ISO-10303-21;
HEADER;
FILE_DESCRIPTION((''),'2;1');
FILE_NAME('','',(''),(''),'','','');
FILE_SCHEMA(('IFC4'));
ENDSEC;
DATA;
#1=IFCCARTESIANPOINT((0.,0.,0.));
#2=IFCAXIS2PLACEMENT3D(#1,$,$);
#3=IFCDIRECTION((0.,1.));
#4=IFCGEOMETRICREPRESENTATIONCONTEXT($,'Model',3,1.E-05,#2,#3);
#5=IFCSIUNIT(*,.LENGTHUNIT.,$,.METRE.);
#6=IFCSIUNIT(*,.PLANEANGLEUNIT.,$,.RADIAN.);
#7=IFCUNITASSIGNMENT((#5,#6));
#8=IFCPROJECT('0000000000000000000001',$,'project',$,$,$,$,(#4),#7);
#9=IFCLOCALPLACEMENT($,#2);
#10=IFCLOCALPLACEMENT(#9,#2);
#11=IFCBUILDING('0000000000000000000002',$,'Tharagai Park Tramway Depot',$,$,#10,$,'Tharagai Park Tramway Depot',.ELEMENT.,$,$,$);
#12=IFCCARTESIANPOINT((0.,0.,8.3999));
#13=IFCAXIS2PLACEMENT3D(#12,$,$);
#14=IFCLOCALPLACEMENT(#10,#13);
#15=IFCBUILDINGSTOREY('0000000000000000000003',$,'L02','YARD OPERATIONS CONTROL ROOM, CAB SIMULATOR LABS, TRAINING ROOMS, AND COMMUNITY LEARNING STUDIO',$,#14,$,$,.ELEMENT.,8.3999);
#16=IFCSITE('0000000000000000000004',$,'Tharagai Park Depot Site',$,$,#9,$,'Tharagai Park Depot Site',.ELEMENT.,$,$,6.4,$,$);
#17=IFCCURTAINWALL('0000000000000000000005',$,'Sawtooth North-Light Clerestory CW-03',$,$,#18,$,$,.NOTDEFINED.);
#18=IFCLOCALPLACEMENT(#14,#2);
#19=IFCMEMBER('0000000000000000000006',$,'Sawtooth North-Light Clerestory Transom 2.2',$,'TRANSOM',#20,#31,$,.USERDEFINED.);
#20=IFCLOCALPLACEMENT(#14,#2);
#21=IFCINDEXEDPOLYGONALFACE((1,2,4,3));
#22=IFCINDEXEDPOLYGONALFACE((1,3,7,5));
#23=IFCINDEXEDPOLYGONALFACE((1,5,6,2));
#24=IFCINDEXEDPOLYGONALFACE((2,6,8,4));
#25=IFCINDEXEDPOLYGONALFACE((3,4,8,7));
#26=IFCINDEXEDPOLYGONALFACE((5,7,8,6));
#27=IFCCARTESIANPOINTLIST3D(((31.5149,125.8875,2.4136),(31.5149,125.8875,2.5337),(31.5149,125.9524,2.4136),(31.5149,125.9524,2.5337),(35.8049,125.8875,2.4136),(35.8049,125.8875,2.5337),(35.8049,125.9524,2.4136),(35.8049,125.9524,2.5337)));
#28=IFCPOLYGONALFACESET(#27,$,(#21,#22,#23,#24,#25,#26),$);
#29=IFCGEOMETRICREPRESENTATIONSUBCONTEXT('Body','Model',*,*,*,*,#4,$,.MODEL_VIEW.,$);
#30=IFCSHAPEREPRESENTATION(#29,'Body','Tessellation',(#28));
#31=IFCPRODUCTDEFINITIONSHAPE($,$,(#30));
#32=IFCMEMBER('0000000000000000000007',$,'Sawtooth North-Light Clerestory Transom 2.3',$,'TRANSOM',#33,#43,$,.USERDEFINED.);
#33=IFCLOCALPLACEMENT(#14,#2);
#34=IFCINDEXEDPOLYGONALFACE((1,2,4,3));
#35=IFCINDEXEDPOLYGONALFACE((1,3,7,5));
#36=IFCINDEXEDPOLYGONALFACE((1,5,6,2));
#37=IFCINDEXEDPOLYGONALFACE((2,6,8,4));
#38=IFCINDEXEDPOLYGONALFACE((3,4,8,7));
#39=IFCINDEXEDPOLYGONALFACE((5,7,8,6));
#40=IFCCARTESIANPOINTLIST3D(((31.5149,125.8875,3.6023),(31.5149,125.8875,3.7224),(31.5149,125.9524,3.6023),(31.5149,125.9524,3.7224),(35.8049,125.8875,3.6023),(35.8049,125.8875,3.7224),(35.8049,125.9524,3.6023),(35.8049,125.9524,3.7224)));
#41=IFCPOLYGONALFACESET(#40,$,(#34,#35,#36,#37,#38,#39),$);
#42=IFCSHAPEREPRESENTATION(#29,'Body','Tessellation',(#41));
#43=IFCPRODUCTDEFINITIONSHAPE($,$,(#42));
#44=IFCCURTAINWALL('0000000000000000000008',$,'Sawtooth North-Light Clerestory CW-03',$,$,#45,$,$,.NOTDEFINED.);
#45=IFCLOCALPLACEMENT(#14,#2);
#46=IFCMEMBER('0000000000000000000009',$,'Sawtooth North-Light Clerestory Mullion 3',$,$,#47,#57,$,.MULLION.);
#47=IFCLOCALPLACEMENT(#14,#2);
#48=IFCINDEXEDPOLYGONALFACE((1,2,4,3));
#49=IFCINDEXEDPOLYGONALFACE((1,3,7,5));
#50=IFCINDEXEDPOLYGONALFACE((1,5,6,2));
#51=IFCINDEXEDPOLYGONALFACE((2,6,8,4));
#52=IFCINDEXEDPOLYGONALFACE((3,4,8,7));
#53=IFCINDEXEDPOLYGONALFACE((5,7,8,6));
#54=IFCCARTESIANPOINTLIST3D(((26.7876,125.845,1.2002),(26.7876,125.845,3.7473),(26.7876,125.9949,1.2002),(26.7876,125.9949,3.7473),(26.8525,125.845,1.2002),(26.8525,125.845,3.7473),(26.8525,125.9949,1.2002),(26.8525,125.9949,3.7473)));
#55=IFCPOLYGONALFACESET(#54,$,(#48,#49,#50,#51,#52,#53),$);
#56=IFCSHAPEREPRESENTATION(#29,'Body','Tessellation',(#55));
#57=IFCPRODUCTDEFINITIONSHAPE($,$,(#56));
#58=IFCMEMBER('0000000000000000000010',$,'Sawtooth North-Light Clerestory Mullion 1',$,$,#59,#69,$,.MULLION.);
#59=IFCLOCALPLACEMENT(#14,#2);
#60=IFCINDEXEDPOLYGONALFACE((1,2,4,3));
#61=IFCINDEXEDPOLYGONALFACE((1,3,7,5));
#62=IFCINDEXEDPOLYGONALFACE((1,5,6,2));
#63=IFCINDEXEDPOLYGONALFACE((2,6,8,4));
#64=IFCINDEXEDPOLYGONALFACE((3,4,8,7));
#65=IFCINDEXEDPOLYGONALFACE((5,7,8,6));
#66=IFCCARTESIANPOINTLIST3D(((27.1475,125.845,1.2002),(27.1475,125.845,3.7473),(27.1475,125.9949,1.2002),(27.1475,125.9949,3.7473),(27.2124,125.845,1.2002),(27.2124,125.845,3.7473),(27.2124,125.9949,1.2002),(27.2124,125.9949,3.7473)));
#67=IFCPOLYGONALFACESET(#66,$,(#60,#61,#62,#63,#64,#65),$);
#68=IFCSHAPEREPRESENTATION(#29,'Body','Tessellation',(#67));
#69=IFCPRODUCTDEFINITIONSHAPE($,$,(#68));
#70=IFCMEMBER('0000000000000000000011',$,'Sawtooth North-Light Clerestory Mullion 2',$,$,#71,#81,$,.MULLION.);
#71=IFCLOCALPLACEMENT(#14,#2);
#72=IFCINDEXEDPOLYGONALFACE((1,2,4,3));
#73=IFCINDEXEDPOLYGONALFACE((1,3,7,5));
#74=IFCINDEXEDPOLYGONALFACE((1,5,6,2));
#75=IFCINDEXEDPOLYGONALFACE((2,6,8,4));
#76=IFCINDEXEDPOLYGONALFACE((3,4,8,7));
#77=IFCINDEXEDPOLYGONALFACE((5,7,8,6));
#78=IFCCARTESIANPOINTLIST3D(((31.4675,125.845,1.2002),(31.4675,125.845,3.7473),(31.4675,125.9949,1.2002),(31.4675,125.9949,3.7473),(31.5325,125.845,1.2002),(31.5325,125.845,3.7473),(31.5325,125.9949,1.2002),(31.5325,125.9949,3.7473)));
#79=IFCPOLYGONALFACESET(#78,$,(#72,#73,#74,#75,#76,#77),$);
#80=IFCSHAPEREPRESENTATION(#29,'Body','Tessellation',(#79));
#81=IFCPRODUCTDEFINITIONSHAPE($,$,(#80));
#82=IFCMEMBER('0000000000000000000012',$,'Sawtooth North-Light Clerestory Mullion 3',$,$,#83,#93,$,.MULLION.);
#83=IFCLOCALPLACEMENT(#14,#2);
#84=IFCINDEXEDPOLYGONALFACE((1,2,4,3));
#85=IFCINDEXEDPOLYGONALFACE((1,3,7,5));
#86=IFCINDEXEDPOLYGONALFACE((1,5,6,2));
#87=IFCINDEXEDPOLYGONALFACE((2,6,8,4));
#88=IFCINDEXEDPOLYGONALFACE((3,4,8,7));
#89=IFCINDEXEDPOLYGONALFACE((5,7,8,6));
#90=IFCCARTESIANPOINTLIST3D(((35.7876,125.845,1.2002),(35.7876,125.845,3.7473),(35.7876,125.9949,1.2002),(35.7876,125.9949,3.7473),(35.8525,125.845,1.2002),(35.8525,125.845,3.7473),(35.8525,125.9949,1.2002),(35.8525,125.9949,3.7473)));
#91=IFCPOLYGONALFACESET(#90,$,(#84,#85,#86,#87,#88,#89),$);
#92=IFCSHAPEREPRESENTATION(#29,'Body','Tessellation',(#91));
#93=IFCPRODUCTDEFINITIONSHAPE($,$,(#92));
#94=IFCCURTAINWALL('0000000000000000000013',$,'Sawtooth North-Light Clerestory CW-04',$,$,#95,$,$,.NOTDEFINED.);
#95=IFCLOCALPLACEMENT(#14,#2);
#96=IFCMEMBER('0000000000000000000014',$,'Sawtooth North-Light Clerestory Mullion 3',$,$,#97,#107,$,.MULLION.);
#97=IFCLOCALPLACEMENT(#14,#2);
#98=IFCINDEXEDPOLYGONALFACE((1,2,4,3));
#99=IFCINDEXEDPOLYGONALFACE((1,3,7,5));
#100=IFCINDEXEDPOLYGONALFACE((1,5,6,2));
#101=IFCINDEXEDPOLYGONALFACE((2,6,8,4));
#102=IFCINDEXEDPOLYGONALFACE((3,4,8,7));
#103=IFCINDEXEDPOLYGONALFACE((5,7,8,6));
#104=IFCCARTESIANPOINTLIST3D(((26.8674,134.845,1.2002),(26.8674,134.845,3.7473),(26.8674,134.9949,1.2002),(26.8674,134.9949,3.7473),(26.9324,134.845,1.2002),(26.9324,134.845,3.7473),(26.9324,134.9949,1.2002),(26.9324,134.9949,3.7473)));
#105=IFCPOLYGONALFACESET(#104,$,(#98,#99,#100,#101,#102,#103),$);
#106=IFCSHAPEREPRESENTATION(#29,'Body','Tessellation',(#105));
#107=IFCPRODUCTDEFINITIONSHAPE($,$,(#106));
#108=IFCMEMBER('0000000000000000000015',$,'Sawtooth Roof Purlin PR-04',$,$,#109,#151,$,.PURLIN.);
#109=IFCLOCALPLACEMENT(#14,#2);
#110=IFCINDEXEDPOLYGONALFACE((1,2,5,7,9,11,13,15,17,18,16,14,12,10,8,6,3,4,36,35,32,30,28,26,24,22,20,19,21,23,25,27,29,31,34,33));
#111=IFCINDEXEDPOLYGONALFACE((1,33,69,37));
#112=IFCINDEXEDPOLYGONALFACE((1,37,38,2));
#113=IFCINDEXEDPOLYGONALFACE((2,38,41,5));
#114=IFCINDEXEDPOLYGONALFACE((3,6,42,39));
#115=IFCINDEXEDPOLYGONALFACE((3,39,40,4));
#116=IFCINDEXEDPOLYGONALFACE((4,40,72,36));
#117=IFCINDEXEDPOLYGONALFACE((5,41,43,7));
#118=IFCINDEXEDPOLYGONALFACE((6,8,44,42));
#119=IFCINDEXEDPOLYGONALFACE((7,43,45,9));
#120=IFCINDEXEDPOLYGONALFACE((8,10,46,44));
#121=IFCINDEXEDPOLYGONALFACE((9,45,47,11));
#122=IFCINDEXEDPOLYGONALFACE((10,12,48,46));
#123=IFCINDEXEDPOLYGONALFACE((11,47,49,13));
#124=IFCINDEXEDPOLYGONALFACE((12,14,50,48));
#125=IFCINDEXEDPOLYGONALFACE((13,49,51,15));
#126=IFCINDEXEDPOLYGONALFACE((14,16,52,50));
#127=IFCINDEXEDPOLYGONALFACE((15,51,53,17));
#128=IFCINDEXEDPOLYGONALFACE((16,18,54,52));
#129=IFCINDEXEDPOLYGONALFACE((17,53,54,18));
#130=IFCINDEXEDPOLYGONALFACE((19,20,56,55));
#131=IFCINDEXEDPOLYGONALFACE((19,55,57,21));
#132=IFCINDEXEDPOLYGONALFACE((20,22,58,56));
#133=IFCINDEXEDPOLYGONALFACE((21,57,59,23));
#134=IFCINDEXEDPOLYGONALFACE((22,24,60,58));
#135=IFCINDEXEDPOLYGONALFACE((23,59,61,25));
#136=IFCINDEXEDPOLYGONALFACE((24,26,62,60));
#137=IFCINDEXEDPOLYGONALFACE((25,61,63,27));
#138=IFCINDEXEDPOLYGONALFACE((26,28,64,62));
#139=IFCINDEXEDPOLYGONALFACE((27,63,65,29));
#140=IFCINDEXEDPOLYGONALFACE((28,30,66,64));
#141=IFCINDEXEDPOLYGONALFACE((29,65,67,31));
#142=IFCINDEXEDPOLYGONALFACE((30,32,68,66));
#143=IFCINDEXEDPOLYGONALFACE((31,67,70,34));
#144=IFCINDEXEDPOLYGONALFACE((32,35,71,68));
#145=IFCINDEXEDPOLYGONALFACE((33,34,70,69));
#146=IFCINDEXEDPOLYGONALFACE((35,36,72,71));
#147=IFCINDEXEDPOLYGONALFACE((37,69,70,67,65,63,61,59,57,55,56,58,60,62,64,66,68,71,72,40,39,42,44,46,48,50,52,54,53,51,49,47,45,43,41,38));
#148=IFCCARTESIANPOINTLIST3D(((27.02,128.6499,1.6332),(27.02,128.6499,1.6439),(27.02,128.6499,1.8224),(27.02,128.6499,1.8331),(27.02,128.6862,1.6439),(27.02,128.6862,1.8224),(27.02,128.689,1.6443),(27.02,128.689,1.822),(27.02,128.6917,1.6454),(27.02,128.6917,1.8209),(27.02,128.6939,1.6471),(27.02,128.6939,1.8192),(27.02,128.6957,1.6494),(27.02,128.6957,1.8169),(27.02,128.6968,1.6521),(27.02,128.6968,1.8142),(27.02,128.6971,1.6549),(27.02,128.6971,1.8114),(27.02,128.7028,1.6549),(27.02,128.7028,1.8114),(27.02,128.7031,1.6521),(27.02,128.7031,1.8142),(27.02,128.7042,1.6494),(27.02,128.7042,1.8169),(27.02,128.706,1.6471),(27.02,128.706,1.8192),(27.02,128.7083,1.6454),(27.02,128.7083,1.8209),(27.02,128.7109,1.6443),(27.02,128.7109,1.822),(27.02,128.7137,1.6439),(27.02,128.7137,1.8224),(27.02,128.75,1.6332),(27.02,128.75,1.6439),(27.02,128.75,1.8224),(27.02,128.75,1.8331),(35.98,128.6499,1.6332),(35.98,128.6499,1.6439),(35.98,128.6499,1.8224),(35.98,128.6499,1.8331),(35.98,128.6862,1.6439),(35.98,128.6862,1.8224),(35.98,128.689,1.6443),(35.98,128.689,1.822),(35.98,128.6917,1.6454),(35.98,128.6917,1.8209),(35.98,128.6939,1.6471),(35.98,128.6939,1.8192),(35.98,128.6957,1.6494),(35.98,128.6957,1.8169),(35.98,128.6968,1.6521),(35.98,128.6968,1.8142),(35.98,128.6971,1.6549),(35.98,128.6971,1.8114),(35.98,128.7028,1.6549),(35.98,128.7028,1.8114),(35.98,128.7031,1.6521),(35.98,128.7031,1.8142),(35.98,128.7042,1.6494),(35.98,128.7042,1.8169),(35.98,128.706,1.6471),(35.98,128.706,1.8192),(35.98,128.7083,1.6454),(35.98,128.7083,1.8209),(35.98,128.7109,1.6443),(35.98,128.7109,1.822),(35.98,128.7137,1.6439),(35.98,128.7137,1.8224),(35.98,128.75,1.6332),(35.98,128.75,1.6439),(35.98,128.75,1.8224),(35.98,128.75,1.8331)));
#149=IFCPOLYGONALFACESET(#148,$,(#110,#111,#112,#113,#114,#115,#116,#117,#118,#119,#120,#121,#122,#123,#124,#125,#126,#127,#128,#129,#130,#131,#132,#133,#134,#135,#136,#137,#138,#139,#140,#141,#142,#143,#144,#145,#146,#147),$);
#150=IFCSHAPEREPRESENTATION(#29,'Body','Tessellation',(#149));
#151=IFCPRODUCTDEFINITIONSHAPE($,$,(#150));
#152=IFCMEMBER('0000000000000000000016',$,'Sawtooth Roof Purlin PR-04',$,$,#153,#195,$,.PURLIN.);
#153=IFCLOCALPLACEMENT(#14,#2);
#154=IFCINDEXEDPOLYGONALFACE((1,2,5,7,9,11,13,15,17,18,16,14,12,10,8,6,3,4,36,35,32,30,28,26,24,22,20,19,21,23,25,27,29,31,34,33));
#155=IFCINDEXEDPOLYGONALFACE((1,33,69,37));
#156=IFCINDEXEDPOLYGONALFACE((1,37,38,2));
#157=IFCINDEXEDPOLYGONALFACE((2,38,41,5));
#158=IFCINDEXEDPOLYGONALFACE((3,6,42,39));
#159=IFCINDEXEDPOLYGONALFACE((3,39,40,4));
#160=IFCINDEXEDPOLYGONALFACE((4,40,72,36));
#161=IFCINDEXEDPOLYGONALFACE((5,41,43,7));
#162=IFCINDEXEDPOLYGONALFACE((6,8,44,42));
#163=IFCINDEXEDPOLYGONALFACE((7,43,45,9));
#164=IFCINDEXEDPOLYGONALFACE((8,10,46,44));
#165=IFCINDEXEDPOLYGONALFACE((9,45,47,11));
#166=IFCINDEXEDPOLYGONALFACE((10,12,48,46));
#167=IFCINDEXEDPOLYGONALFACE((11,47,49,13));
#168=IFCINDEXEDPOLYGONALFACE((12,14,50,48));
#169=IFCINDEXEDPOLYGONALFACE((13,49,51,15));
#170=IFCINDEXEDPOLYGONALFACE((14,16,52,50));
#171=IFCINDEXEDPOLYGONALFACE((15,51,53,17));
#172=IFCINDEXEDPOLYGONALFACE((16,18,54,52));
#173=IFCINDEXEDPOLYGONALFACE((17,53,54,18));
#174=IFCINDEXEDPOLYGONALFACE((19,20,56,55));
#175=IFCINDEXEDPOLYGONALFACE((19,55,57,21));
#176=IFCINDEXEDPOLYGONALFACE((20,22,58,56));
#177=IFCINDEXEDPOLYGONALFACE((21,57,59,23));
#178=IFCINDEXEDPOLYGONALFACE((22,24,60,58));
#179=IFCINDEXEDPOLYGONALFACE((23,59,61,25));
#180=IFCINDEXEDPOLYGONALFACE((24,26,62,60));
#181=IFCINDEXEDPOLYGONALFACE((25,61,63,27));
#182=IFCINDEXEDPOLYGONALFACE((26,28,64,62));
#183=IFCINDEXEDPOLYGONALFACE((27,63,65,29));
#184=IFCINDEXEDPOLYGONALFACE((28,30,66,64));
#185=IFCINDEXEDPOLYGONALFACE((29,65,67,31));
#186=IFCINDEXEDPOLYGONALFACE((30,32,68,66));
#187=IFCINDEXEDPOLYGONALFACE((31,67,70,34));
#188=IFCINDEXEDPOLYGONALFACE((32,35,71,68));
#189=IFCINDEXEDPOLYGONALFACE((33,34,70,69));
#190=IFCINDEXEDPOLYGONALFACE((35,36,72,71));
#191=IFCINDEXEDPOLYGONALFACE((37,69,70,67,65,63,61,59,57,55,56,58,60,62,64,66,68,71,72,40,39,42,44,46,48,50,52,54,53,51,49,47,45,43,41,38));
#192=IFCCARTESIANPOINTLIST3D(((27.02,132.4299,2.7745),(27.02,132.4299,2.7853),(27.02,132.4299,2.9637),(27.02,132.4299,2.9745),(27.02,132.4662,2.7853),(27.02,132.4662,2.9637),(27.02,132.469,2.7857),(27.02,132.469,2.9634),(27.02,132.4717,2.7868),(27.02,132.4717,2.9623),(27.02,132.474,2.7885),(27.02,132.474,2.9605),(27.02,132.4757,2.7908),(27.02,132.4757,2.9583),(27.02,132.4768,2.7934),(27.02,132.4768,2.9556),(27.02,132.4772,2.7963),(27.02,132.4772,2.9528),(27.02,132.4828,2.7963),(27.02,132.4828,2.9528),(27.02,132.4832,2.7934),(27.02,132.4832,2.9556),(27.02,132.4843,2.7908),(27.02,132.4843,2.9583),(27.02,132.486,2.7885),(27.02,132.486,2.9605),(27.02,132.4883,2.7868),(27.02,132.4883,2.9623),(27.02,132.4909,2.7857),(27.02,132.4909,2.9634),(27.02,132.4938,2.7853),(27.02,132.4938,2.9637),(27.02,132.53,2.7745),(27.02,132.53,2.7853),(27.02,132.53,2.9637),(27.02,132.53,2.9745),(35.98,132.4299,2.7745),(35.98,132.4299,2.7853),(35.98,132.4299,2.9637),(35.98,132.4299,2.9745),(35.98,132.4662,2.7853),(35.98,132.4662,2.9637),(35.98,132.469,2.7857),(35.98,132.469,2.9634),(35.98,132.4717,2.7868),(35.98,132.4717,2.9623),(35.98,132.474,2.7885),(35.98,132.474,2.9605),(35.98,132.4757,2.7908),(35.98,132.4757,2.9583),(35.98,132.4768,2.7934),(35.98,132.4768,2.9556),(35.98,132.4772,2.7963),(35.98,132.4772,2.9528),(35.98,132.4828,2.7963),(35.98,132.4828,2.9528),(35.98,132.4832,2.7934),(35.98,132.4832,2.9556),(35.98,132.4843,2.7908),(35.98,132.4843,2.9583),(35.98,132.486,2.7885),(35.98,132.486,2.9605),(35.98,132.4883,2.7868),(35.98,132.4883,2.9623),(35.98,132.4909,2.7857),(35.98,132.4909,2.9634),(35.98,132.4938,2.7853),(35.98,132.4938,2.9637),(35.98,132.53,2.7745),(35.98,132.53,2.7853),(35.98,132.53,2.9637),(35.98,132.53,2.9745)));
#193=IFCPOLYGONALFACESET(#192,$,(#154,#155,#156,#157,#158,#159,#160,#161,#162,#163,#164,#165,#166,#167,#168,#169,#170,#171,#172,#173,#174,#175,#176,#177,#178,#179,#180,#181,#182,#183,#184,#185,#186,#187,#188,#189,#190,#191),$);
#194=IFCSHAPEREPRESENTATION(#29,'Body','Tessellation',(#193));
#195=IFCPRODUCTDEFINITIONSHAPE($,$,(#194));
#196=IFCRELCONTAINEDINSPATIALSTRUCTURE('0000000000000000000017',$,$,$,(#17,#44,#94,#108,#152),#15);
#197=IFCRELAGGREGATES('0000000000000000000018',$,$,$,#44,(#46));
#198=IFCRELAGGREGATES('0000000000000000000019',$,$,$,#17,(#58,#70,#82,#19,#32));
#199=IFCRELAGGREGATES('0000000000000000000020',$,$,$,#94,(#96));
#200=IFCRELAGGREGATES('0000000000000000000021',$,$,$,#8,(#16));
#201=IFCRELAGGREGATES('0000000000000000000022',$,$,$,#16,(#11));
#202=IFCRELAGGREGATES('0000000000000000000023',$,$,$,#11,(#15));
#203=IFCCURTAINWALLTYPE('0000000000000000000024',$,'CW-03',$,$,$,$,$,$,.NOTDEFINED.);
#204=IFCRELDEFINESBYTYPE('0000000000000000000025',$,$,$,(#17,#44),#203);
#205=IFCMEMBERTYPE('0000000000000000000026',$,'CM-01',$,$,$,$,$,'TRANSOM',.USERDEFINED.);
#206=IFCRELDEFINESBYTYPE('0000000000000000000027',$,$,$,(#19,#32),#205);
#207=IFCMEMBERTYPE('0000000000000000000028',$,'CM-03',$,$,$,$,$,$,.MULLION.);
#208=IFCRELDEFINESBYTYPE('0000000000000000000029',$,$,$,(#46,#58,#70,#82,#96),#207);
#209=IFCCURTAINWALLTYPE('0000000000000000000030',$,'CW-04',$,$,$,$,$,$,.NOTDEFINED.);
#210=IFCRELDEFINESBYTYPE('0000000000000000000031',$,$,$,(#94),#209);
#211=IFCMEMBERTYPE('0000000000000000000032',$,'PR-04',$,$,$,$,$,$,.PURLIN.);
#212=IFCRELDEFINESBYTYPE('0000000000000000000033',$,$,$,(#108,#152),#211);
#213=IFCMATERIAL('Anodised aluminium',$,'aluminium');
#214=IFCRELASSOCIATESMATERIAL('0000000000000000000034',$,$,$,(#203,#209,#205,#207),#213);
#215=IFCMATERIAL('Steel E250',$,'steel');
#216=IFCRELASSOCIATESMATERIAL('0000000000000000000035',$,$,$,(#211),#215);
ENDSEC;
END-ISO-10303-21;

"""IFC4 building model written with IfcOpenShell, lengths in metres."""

from ifc_helpers import new_model, si_unit, direction, frame, origin, origin_2d, place, context, subcontext, project, spatial, rectangle, i_section, extrude, material, material_profile, profile_set, type_object, element, aggregate, save


model = new_model("IFC4")

# Units and contexts
model_context = context("Model", 3, precision=1e-05, world=origin(), true_north=direction((0.0, 1.0)))
body_context = subcontext(model_context, "Body", "Model", "MODEL_VIEW")
ifc_project = project(units=[si_unit("LENGTHUNIT", "METRE"), si_unit("PLANEANGLEUNIT", "RADIAN")], contexts=[model_context])

# Site, building, storey
site_placement = place(None, origin())
site = spatial("IfcSite", under=ifc_project, at=site_placement, Name="Tharagai Park Depot Site", LongName="Tharagai Park Depot Site", CompositionType="ELEMENT", RefElevation=6.4)
building_placement = place(site_placement, origin())
building = spatial("IfcBuilding", under=site, at=building_placement, Name="Tharagai Park Tramway Depot", LongName="Tharagai Park Tramway Depot", CompositionType="ELEMENT")
storey_placement = place(building_placement, frame((0.0, 0.0, 8.3999)))
storey = spatial("IfcBuildingStorey", under=building, at=storey_placement, Name="L02", Description="YARD OPERATIONS CONTROL ROOM, CAB SIMULATOR LABS, TRAINING ROOMS, AND COMMUNITY LEARNING STUDIO", CompositionType="ELEMENT", Elevation=8.3999)

# Curtain wall, members
ifc_material_1 = material(Name="Anodised aluminium", Category="aluminium")
curtain_wall_type_1 = type_object("IfcCurtainWallType", Name="CW-03", PredefinedType="NOTDEFINED", material=ifc_material_1)
curtain_wall_1_placement = place(storey_placement, origin())
curtain_wall_1 = element("IfcCurtainWall", 1, at=curtain_wall_1_placement, inside=storey, type_object=curtain_wall_type_1, Name="Sawtooth North-Light Clerestory CW-03", PredefinedType="NOTDEFINED")
ifc_material_profile_1 = material_profile(ifc_material_1, rectangle(XDim=0.0649, YDim=0.1201, at=origin_2d()), Name="ALU 65x120")
ifc_profile_set_1 = profile_set([ifc_material_profile_1], Name="Anodised aluminium")
member_type_1 = type_object("IfcMemberType", Name="CM-01", ElementType="TRANSOM", PredefinedType="USERDEFINED", material=ifc_profile_set_1)
member_1_placement = place(storey_placement, frame((31.5149, 125.9199, 2.4736), z_axis=(1.0, 0.0, 0.0), x_axis=(0.0, 1.0, 0.0)))
member_1 = element("IfcMember", 2, at=member_1_placement, type_object=member_type_1, Name="Sawtooth North-Light Clerestory Transom 2.2", ObjectType="TRANSOM", PredefinedType="USERDEFINED", context=body_context, shape_type="SweptSolid", body=[
    extrude(rectangle(XDim=0.0649, YDim=0.1201, at=origin_2d()), origin(), (0.0, 0.0, 1.0), 4.29),
])
member_2_placement = place(storey_placement, frame((31.5149, 125.9199, 3.6624), z_axis=(1.0, 0.0, 0.0), x_axis=(0.0, 1.0, 0.0)))
member_2 = element("IfcMember", 3, at=member_2_placement, type_object=member_type_1, Name="Sawtooth North-Light Clerestory Transom 2.3", ObjectType="TRANSOM", PredefinedType="USERDEFINED", context=body_context, shape_type="SweptSolid", body=[
    extrude(rectangle(XDim=0.0649, YDim=0.1201, at=origin_2d()), origin(), (0.0, 0.0, 1.0), 4.29),
])

# Curtain wall, member
curtain_wall_2_placement = place(storey_placement, origin())
curtain_wall_2 = element("IfcCurtainWall", 4, at=curtain_wall_2_placement, inside=storey, type_object=curtain_wall_type_1, Name="Sawtooth North-Light Clerestory CW-03", PredefinedType="NOTDEFINED")
ifc_material_profile_2 = material_profile(ifc_material_1, rectangle(XDim=0.0649, YDim=0.1499, at=origin_2d()), Name="ALU 65x150")
ifc_profile_set_2 = profile_set([ifc_material_profile_2], Name="Anodised aluminium")
member_type_2 = type_object("IfcMemberType", Name="CM-03", PredefinedType="MULLION", material=ifc_profile_set_2)
member_3_placement = place(storey_placement, frame((26.8201, 125.9199, 1.2002), z_axis=(0.0, 0.0, 1.0), x_axis=(1.0, 0.0, 0.0)))
member_3 = element("IfcMember", 5, at=member_3_placement, type_object=member_type_2, Name="Sawtooth North-Light Clerestory Mullion 3", PredefinedType="MULLION", context=body_context, shape_type="SweptSolid", body=[
    extrude(rectangle(XDim=0.0649, YDim=0.1499, at=origin_2d()), origin(), (0.0, 0.0, 1.0), 2.5471),
])

# Members
member_4_placement = place(storey_placement, frame((27.1799, 125.9199, 1.2002), z_axis=(0.0, 0.0, 1.0), x_axis=(1.0, 0.0, 0.0)))
member_4 = element("IfcMember", 6, at=member_4_placement, type_object=member_type_2, Name="Sawtooth North-Light Clerestory Mullion 1", PredefinedType="MULLION", context=body_context, shape_type="SweptSolid", body=[
    extrude(rectangle(XDim=0.0649, YDim=0.1499, at=origin_2d()), origin(), (0.0, 0.0, 1.0), 2.5471),
])
member_5_placement = place(storey_placement, frame((31.5, 125.9199, 1.2002), z_axis=(0.0, 0.0, 1.0), x_axis=(1.0, 0.0, 0.0)))
member_5 = element("IfcMember", 7, at=member_5_placement, type_object=member_type_2, Name="Sawtooth North-Light Clerestory Mullion 2", PredefinedType="MULLION", context=body_context, shape_type="SweptSolid", body=[
    extrude(rectangle(XDim=0.0649, YDim=0.1499, at=origin_2d()), origin(), (0.0, 0.0, 1.0), 2.5471),
])
member_6_placement = place(storey_placement, frame((35.8201, 125.9199, 1.2002), z_axis=(0.0, 0.0, 1.0), x_axis=(1.0, 0.0, 0.0)))
member_6 = element("IfcMember", 8, at=member_6_placement, type_object=member_type_2, Name="Sawtooth North-Light Clerestory Mullion 3", PredefinedType="MULLION", context=body_context, shape_type="SweptSolid", body=[
    extrude(rectangle(XDim=0.0649, YDim=0.1499, at=origin_2d()), origin(), (0.0, 0.0, 1.0), 2.5471),
])

# Curtain wall, member
curtain_wall_type_2 = type_object("IfcCurtainWallType", Name="CW-04", PredefinedType="NOTDEFINED", material=ifc_material_1)
curtain_wall_3_placement = place(storey_placement, origin())
curtain_wall_3 = element("IfcCurtainWall", 9, at=curtain_wall_3_placement, inside=storey, type_object=curtain_wall_type_2, Name="Sawtooth North-Light Clerestory CW-04", PredefinedType="NOTDEFINED")
member_7_placement = place(storey_placement, frame((26.8999, 134.9199, 1.2002), z_axis=(0.0, 0.0, 1.0), x_axis=(1.0, 0.0, 0.0)))
member_7 = element("IfcMember", 10, at=member_7_placement, type_object=member_type_2, Name="Sawtooth North-Light Clerestory Mullion 3", PredefinedType="MULLION", context=body_context, shape_type="SweptSolid", body=[
    extrude(rectangle(XDim=0.0649, YDim=0.1499, at=origin_2d()), origin(), (0.0, 0.0, 1.0), 2.5471),
])

# Members
ifc_material_2 = material(Name="Steel E250", Category="steel")
ifc_material_profile_3 = material_profile(ifc_material_2, i_section(OverallWidth=0.1001, OverallDepth=0.2, WebThickness=0.0056, FlangeThickness=0.0107, FilletRadius=0.011, at=origin_2d()), Name="ISMB 200")
ifc_profile_set_3 = profile_set([ifc_material_profile_3], Name="Steel E250")
member_type_3 = type_object("IfcMemberType", Name="PR-04", PredefinedType="PURLIN", material=ifc_profile_set_3)
for number, where, z_axis, x_axis, name in (
    (11, (27.02, 128.7, 1.7332), (1.0, 0.0, 0.0), (0.0, 1.0, 0.0), "Sawtooth Roof Purlin PR-04"),
    (12, (27.02, 132.48, 2.8745), (1.0, 0.0, 0.0), (0.0, 1.0, 0.0), "Sawtooth Roof Purlin PR-04"),
):
    element("IfcMember", number, at=place(storey_placement, frame(where, z_axis=z_axis, x_axis=x_axis)), inside=storey, type_object=member_type_3, Name=name, PredefinedType="PURLIN", context=body_context, shape_type="SweptSolid", body=[
        extrude(i_section(OverallWidth=0.1001, OverallDepth=0.2, WebThickness=0.0056, FlangeThickness=0.0107, FilletRadius=0.011, at=origin_2d()), origin(), (0.0, 0.0, 1.0), 8.96),
    ])

aggregate(curtain_wall_2, [member_3])
aggregate(curtain_wall_1, [member_4, member_5, member_6, member_1, member_2])
aggregate(curtain_wall_3, [member_7])

save(model, "model.ifc")
